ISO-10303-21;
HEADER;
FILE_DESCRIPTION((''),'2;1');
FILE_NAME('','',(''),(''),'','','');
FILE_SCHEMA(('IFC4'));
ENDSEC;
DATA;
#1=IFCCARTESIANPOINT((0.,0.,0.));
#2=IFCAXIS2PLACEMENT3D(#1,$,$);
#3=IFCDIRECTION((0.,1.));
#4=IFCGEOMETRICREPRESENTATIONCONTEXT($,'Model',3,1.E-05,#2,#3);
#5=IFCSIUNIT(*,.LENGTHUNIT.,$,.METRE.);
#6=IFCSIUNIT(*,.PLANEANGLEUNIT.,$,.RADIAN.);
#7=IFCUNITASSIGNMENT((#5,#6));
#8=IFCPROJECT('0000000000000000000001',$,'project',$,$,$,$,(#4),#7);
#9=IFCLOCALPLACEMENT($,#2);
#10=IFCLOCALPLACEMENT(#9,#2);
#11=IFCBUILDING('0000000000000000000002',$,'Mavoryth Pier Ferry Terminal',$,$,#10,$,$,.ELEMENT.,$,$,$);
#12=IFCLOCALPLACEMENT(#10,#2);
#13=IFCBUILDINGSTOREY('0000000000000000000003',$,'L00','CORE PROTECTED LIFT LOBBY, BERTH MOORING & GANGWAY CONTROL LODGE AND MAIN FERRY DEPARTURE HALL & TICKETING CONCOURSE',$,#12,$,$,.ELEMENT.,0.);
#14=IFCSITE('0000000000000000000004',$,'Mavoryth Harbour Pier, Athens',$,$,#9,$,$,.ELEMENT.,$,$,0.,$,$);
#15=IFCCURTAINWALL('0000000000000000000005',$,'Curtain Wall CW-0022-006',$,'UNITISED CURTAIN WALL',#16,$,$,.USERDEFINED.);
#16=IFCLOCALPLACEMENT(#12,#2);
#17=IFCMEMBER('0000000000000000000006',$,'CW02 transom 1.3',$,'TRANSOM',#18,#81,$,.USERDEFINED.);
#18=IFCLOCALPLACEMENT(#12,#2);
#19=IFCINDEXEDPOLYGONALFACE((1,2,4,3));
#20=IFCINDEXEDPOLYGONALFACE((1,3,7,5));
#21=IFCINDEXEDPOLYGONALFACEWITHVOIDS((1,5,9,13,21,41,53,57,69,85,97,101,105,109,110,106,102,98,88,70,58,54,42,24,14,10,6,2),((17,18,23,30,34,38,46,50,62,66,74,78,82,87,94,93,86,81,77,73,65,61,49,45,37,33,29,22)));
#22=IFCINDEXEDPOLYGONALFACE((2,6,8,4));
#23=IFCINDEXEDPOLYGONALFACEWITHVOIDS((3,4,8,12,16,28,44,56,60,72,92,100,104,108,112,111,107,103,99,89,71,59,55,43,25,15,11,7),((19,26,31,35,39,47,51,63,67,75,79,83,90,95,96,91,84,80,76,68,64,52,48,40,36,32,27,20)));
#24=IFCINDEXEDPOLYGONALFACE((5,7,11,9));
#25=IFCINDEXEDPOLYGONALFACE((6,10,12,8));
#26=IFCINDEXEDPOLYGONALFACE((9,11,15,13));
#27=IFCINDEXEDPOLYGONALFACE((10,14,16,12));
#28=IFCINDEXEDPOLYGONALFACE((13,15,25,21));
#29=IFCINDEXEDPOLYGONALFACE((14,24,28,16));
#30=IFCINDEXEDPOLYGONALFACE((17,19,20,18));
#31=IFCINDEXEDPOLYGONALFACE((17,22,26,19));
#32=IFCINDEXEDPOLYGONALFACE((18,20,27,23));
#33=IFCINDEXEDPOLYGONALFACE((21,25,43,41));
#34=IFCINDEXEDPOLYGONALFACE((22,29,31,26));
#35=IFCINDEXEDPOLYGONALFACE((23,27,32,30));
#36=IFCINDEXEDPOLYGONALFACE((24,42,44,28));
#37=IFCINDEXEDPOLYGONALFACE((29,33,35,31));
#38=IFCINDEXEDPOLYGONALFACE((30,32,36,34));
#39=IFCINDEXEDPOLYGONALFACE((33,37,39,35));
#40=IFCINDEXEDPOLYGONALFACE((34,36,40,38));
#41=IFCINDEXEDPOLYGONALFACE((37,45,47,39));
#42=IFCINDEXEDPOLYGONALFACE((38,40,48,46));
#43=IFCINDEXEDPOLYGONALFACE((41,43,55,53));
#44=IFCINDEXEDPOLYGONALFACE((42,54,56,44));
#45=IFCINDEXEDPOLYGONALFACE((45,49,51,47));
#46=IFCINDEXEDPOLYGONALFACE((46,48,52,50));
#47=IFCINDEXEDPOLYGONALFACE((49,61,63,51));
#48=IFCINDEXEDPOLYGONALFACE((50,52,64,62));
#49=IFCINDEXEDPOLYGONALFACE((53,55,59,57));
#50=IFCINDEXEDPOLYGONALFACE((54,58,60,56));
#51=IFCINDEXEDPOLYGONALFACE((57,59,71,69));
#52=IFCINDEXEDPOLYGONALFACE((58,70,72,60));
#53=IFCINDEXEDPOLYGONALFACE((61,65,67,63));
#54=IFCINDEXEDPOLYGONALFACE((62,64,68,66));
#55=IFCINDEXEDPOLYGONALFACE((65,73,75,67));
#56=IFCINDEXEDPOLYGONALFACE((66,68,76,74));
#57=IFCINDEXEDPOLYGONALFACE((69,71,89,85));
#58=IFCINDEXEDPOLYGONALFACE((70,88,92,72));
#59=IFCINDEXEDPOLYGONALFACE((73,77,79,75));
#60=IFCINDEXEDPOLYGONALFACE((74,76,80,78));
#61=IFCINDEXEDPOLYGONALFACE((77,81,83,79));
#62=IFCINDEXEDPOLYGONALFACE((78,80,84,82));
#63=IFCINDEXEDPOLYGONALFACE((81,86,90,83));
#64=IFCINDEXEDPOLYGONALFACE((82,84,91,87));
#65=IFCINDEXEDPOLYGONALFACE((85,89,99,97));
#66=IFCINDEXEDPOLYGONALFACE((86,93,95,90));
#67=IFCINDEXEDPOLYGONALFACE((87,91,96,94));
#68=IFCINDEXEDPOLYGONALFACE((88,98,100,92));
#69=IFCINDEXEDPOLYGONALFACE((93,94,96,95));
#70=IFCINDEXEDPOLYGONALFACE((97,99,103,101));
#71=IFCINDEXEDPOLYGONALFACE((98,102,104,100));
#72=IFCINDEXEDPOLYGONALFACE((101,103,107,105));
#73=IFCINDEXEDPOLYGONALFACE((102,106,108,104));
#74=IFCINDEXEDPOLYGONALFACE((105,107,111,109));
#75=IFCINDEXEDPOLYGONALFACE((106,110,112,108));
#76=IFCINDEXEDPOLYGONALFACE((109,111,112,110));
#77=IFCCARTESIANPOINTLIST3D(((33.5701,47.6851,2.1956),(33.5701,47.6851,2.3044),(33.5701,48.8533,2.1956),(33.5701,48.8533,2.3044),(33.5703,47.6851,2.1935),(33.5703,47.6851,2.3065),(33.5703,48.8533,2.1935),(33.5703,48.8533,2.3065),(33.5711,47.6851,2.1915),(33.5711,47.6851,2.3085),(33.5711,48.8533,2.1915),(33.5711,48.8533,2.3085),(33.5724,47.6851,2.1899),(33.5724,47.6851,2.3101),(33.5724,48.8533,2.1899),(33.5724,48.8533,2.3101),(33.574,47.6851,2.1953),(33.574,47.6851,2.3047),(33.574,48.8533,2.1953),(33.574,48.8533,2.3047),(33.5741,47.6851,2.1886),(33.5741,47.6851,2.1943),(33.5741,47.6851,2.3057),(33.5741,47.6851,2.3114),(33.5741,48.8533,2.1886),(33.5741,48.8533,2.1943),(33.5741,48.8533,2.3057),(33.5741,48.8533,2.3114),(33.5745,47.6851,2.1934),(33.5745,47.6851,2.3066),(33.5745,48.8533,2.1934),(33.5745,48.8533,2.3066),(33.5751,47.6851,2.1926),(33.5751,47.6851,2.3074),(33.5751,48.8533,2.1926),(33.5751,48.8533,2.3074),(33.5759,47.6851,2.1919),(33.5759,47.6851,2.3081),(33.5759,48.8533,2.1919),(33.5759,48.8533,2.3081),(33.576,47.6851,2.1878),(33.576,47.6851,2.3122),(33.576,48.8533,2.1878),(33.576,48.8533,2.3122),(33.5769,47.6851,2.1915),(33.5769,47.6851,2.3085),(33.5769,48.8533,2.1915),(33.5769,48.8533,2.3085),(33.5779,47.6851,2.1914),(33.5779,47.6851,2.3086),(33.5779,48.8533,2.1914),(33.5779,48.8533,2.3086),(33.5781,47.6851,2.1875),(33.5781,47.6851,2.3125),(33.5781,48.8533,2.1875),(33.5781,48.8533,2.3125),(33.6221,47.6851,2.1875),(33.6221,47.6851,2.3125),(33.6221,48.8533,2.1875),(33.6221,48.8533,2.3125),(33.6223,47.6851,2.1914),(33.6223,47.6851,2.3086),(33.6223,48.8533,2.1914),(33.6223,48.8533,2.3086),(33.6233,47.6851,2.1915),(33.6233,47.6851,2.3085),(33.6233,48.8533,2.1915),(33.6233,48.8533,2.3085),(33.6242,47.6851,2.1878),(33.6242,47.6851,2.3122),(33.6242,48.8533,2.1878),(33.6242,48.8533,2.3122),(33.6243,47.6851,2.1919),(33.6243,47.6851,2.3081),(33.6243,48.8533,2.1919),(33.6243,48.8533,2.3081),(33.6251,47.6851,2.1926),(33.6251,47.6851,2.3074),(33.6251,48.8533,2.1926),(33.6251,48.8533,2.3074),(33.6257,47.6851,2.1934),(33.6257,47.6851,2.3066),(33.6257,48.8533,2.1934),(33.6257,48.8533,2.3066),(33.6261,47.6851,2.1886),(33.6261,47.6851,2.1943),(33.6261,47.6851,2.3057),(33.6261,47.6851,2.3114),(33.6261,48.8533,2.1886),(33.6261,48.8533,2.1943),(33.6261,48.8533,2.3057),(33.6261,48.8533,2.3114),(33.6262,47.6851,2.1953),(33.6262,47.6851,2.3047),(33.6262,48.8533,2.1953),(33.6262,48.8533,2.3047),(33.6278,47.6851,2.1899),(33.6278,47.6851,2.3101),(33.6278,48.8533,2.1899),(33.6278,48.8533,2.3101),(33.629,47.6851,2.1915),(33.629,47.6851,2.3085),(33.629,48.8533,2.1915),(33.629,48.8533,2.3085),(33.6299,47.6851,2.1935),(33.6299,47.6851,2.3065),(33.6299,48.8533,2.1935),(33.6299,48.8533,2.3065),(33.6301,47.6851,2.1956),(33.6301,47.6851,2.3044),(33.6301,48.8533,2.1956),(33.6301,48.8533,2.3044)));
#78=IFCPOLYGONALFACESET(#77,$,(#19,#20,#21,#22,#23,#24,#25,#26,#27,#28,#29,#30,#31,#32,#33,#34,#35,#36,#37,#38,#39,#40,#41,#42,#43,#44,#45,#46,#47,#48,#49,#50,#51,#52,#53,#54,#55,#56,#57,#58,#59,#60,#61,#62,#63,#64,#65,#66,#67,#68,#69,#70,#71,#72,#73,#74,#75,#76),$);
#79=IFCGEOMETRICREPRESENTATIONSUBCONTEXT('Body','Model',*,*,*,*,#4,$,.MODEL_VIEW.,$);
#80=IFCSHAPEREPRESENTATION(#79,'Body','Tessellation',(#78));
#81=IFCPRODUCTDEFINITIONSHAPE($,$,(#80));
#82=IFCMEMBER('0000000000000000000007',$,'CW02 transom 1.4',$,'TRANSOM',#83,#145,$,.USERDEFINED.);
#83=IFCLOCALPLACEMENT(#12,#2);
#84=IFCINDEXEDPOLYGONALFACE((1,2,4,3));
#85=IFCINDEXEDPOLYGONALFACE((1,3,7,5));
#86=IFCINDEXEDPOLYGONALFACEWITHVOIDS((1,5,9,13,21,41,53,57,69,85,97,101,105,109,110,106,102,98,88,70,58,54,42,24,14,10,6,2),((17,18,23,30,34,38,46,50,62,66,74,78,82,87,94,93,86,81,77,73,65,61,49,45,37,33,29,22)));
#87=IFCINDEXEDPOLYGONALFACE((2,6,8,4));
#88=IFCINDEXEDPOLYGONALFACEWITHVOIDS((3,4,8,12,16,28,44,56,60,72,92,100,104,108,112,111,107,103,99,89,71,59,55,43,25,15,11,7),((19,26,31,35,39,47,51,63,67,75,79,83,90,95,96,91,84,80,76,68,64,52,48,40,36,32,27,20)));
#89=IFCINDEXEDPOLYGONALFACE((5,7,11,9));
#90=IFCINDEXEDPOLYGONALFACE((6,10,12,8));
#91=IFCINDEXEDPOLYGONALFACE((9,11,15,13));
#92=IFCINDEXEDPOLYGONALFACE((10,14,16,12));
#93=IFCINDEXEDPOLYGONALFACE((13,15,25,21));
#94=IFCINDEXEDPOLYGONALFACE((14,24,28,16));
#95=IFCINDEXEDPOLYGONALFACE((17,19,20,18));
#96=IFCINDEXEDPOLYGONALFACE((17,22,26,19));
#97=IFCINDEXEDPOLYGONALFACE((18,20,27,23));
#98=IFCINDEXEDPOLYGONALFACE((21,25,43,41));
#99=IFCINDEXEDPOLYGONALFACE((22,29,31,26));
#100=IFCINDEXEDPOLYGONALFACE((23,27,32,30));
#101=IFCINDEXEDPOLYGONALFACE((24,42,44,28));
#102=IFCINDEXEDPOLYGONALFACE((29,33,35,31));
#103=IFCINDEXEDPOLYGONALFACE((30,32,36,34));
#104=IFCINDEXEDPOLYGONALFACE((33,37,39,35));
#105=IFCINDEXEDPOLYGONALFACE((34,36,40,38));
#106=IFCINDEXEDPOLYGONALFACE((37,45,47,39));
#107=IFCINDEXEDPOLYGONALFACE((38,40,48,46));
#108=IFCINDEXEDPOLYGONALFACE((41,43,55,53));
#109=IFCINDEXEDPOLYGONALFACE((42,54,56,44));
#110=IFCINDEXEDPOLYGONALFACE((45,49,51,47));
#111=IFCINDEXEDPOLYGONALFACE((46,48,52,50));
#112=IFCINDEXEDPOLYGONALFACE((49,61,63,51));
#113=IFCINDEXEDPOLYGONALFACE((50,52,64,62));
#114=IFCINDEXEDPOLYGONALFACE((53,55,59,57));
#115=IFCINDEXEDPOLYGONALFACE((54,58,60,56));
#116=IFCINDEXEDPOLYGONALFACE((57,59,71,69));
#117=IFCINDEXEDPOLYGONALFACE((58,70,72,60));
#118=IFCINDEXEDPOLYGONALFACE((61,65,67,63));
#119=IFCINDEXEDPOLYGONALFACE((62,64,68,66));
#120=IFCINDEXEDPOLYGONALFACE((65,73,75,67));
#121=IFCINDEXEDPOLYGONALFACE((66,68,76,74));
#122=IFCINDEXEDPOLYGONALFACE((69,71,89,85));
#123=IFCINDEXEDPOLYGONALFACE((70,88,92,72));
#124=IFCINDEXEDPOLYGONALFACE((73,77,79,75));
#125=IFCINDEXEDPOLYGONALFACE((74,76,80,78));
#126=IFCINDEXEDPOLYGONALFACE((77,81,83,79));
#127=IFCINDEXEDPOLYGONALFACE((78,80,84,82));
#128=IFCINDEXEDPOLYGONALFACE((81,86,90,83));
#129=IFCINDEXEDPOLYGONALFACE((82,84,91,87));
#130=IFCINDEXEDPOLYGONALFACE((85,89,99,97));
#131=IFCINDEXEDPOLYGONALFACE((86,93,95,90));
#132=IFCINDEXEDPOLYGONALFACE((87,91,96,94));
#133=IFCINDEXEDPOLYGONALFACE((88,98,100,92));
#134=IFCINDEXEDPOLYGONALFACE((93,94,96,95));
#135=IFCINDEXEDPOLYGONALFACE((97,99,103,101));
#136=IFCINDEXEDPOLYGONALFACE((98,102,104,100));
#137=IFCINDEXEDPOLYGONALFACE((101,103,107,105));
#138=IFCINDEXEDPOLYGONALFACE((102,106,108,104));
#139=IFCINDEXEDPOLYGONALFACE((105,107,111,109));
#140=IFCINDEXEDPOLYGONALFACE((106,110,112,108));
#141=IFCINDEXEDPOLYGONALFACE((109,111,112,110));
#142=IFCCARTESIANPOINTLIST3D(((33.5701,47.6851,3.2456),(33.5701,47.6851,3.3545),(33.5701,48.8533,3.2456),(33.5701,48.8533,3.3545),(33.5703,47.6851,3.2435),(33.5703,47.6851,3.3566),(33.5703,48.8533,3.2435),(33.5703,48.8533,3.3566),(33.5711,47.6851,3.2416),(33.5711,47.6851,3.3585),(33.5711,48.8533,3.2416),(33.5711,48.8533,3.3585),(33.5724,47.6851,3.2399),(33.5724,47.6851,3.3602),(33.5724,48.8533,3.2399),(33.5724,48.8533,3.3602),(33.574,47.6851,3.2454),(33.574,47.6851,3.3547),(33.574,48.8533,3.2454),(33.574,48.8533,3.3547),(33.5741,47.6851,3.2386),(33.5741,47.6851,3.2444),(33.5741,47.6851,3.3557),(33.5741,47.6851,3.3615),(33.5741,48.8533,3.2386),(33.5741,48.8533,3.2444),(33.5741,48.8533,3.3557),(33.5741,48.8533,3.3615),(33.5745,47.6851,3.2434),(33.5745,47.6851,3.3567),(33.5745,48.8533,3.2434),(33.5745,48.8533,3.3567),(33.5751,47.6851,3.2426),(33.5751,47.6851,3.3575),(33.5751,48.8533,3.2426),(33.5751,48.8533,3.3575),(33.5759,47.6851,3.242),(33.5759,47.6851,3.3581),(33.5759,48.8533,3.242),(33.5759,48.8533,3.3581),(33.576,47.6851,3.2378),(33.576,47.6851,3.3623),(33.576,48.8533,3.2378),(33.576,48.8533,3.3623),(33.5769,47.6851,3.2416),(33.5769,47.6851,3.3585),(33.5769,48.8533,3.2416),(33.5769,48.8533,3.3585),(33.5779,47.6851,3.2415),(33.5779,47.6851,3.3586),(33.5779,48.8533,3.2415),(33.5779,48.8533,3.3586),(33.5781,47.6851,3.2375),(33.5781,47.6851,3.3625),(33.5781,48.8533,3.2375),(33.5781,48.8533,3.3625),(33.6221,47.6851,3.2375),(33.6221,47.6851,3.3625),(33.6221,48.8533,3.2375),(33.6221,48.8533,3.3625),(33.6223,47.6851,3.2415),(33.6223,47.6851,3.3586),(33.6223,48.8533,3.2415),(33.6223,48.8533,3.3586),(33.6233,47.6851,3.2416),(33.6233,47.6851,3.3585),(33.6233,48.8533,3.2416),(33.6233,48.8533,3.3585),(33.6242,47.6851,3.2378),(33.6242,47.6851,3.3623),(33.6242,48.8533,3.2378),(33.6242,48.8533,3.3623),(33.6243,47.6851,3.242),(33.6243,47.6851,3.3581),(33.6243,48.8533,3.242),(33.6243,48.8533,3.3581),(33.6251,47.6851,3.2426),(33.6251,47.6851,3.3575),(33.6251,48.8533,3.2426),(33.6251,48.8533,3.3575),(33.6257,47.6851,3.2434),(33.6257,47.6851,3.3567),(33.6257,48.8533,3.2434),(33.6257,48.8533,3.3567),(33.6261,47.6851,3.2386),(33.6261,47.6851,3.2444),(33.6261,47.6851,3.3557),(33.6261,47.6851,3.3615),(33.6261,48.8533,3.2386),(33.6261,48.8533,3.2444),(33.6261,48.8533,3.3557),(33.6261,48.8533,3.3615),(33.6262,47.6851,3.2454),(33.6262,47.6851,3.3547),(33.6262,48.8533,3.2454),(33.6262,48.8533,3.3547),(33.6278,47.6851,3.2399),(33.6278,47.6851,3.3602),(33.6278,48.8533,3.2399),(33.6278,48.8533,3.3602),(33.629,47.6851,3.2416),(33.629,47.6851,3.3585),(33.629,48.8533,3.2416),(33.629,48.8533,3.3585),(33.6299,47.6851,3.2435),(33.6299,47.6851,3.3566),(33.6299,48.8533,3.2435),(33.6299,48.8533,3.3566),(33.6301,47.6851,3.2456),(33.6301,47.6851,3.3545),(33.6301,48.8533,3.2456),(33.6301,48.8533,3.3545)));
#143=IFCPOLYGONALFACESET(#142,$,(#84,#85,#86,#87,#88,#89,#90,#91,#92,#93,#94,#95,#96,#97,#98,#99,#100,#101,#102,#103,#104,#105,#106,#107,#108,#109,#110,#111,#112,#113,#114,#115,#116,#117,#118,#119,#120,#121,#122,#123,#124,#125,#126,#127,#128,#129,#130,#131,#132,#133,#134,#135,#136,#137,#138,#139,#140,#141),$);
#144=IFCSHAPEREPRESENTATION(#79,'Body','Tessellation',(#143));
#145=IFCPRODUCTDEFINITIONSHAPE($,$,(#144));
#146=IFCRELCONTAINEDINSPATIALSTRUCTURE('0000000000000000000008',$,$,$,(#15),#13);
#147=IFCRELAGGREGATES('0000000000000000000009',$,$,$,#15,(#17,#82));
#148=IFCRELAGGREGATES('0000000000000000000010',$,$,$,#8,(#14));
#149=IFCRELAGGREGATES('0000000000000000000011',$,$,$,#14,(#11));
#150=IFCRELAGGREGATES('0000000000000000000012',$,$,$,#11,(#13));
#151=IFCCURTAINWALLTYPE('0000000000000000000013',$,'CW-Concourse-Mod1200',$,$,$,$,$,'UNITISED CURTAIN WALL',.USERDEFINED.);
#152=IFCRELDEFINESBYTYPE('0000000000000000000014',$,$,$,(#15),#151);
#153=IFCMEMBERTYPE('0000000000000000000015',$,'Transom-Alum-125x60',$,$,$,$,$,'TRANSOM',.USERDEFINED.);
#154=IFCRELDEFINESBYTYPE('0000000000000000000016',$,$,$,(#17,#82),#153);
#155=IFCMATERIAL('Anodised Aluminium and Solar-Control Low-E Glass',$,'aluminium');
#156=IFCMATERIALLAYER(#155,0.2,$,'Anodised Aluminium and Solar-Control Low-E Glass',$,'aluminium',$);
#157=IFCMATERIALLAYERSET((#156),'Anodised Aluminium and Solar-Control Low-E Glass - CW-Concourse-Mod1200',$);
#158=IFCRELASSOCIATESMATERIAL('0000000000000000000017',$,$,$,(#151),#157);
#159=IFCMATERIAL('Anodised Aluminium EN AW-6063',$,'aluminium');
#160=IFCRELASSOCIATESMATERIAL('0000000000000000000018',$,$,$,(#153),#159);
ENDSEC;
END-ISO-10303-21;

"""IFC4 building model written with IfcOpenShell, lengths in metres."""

from ifc_helpers import new_model, si_unit, direction, frame, origin, origin_2d, place, context, subcontext, project, spatial, hollow_rectangle, extrude, material, layer, layer_set, material_profile, profile_set, type_object, element, aggregate, save


model = new_model("IFC4")

# Units and contexts
model_context = context("Model", 3, precision=1e-05, world=origin(), true_north=direction((0.0, 1.0)))
body_context = subcontext(model_context, "Body", "Model", "MODEL_VIEW")
ifc_project = project(units=[si_unit("LENGTHUNIT", "METRE"), si_unit("PLANEANGLEUNIT", "RADIAN")], contexts=[model_context])

# Site, building, storey
site_placement = place(None, origin())
site = spatial("IfcSite", under=ifc_project, at=site_placement, Name="Mavoryth Harbour Pier, Athens", CompositionType="ELEMENT", RefElevation=0.0)
building_placement = place(site_placement, origin())
building = spatial("IfcBuilding", under=site, at=building_placement, Name="Mavoryth Pier Ferry Terminal", CompositionType="ELEMENT")
storey_placement = place(building_placement, origin())
storey = spatial("IfcBuildingStorey", under=building, at=storey_placement, Name="L00", Description="CORE PROTECTED LIFT LOBBY, BERTH MOORING & GANGWAY CONTROL LODGE AND MAIN FERRY DEPARTURE HALL & TICKETING CONCOURSE", CompositionType="ELEMENT", Elevation=0.0)

# Curtain wall
ifc_material_1 = material(Name="Anodised Aluminium and Solar-Control Low-E Glass", Category="aluminium")
ifc_layer_1 = layer(ifc_material_1, 0.2, Name="Anodised Aluminium and Solar-Control Low-E Glass", Category="aluminium")
ifc_layer_set_1 = layer_set([ifc_layer_1], Name="Anodised Aluminium and Solar-Control Low-E Glass - CW-Concourse-Mod1200")
curtain_wall_type = type_object("IfcCurtainWallType", Name="CW-Concourse-Mod1200", ElementType="UNITISED CURTAIN WALL", PredefinedType="USERDEFINED", material=ifc_layer_set_1)
ifc_material_2 = material(Name="Anodised Aluminium EN AW-6063", Category="aluminium")
curtain_wall_1_placement = place(storey_placement, origin())
curtain_wall_1 = element("IfcCurtainWall", 1, at=curtain_wall_1_placement, inside=storey, type_object=curtain_wall_type, Name="Curtain Wall CW-0022-006", ObjectType="UNITISED CURTAIN WALL", PredefinedType="USERDEFINED")

# Members
ifc_material_profile_1 = material_profile(ifc_material_2, hollow_rectangle(XDim=0.0601, YDim=0.125, WallThickness=0.0039, InnerFilletRadius=0.0039, OuterFilletRadius=0.0081, at=origin_2d()), Name="AL-TRAN 125x60x4", Category="aluminium")
ifc_profile_set_1 = profile_set([ifc_material_profile_1], Name="Anodised Aluminium EN AW-6063 - AL-TRAN 125x60x4")
member_type_1 = type_object("IfcMemberType", Name="Transom-Alum-125x60", ElementType="TRANSOM", PredefinedType="USERDEFINED", material=ifc_profile_set_1)
member_1_placement = place(storey_placement, frame((33.6001, 47.6851, 2.25), z_axis=(0.0, 1.0, 0.0), x_axis=(-1.0, 0.0, 0.0)))
member_1 = element("IfcMember", 2, at=member_1_placement, type_object=member_type_1, Name="CW02 transom 1.3", ObjectType="TRANSOM", PredefinedType="USERDEFINED", context=body_context, shape_type="SweptSolid", body=[
    extrude(hollow_rectangle(XDim=0.0601, YDim=0.125, WallThickness=0.0039, InnerFilletRadius=0.0039, OuterFilletRadius=0.0081, at=origin_2d()), origin(), (0.0, 0.0, 1.0), 1.1682),
])
member_2_placement = place(storey_placement, frame((33.6001, 47.6851, 3.3), z_axis=(0.0, 1.0, 0.0), x_axis=(-1.0, 0.0, 0.0)))
member_2 = element("IfcMember", 3, at=member_2_placement, type_object=member_type_1, Name="CW02 transom 1.4", ObjectType="TRANSOM", PredefinedType="USERDEFINED", context=body_context, shape_type="SweptSolid", body=[
    extrude(hollow_rectangle(XDim=0.0601, YDim=0.125, WallThickness=0.0039, InnerFilletRadius=0.0039, OuterFilletRadius=0.0081, at=origin_2d()), origin(), (0.0, 0.0, 1.0), 1.1682),
])

aggregate(curtain_wall_1, [member_1, member_2])

save(model, "model.ifc")
